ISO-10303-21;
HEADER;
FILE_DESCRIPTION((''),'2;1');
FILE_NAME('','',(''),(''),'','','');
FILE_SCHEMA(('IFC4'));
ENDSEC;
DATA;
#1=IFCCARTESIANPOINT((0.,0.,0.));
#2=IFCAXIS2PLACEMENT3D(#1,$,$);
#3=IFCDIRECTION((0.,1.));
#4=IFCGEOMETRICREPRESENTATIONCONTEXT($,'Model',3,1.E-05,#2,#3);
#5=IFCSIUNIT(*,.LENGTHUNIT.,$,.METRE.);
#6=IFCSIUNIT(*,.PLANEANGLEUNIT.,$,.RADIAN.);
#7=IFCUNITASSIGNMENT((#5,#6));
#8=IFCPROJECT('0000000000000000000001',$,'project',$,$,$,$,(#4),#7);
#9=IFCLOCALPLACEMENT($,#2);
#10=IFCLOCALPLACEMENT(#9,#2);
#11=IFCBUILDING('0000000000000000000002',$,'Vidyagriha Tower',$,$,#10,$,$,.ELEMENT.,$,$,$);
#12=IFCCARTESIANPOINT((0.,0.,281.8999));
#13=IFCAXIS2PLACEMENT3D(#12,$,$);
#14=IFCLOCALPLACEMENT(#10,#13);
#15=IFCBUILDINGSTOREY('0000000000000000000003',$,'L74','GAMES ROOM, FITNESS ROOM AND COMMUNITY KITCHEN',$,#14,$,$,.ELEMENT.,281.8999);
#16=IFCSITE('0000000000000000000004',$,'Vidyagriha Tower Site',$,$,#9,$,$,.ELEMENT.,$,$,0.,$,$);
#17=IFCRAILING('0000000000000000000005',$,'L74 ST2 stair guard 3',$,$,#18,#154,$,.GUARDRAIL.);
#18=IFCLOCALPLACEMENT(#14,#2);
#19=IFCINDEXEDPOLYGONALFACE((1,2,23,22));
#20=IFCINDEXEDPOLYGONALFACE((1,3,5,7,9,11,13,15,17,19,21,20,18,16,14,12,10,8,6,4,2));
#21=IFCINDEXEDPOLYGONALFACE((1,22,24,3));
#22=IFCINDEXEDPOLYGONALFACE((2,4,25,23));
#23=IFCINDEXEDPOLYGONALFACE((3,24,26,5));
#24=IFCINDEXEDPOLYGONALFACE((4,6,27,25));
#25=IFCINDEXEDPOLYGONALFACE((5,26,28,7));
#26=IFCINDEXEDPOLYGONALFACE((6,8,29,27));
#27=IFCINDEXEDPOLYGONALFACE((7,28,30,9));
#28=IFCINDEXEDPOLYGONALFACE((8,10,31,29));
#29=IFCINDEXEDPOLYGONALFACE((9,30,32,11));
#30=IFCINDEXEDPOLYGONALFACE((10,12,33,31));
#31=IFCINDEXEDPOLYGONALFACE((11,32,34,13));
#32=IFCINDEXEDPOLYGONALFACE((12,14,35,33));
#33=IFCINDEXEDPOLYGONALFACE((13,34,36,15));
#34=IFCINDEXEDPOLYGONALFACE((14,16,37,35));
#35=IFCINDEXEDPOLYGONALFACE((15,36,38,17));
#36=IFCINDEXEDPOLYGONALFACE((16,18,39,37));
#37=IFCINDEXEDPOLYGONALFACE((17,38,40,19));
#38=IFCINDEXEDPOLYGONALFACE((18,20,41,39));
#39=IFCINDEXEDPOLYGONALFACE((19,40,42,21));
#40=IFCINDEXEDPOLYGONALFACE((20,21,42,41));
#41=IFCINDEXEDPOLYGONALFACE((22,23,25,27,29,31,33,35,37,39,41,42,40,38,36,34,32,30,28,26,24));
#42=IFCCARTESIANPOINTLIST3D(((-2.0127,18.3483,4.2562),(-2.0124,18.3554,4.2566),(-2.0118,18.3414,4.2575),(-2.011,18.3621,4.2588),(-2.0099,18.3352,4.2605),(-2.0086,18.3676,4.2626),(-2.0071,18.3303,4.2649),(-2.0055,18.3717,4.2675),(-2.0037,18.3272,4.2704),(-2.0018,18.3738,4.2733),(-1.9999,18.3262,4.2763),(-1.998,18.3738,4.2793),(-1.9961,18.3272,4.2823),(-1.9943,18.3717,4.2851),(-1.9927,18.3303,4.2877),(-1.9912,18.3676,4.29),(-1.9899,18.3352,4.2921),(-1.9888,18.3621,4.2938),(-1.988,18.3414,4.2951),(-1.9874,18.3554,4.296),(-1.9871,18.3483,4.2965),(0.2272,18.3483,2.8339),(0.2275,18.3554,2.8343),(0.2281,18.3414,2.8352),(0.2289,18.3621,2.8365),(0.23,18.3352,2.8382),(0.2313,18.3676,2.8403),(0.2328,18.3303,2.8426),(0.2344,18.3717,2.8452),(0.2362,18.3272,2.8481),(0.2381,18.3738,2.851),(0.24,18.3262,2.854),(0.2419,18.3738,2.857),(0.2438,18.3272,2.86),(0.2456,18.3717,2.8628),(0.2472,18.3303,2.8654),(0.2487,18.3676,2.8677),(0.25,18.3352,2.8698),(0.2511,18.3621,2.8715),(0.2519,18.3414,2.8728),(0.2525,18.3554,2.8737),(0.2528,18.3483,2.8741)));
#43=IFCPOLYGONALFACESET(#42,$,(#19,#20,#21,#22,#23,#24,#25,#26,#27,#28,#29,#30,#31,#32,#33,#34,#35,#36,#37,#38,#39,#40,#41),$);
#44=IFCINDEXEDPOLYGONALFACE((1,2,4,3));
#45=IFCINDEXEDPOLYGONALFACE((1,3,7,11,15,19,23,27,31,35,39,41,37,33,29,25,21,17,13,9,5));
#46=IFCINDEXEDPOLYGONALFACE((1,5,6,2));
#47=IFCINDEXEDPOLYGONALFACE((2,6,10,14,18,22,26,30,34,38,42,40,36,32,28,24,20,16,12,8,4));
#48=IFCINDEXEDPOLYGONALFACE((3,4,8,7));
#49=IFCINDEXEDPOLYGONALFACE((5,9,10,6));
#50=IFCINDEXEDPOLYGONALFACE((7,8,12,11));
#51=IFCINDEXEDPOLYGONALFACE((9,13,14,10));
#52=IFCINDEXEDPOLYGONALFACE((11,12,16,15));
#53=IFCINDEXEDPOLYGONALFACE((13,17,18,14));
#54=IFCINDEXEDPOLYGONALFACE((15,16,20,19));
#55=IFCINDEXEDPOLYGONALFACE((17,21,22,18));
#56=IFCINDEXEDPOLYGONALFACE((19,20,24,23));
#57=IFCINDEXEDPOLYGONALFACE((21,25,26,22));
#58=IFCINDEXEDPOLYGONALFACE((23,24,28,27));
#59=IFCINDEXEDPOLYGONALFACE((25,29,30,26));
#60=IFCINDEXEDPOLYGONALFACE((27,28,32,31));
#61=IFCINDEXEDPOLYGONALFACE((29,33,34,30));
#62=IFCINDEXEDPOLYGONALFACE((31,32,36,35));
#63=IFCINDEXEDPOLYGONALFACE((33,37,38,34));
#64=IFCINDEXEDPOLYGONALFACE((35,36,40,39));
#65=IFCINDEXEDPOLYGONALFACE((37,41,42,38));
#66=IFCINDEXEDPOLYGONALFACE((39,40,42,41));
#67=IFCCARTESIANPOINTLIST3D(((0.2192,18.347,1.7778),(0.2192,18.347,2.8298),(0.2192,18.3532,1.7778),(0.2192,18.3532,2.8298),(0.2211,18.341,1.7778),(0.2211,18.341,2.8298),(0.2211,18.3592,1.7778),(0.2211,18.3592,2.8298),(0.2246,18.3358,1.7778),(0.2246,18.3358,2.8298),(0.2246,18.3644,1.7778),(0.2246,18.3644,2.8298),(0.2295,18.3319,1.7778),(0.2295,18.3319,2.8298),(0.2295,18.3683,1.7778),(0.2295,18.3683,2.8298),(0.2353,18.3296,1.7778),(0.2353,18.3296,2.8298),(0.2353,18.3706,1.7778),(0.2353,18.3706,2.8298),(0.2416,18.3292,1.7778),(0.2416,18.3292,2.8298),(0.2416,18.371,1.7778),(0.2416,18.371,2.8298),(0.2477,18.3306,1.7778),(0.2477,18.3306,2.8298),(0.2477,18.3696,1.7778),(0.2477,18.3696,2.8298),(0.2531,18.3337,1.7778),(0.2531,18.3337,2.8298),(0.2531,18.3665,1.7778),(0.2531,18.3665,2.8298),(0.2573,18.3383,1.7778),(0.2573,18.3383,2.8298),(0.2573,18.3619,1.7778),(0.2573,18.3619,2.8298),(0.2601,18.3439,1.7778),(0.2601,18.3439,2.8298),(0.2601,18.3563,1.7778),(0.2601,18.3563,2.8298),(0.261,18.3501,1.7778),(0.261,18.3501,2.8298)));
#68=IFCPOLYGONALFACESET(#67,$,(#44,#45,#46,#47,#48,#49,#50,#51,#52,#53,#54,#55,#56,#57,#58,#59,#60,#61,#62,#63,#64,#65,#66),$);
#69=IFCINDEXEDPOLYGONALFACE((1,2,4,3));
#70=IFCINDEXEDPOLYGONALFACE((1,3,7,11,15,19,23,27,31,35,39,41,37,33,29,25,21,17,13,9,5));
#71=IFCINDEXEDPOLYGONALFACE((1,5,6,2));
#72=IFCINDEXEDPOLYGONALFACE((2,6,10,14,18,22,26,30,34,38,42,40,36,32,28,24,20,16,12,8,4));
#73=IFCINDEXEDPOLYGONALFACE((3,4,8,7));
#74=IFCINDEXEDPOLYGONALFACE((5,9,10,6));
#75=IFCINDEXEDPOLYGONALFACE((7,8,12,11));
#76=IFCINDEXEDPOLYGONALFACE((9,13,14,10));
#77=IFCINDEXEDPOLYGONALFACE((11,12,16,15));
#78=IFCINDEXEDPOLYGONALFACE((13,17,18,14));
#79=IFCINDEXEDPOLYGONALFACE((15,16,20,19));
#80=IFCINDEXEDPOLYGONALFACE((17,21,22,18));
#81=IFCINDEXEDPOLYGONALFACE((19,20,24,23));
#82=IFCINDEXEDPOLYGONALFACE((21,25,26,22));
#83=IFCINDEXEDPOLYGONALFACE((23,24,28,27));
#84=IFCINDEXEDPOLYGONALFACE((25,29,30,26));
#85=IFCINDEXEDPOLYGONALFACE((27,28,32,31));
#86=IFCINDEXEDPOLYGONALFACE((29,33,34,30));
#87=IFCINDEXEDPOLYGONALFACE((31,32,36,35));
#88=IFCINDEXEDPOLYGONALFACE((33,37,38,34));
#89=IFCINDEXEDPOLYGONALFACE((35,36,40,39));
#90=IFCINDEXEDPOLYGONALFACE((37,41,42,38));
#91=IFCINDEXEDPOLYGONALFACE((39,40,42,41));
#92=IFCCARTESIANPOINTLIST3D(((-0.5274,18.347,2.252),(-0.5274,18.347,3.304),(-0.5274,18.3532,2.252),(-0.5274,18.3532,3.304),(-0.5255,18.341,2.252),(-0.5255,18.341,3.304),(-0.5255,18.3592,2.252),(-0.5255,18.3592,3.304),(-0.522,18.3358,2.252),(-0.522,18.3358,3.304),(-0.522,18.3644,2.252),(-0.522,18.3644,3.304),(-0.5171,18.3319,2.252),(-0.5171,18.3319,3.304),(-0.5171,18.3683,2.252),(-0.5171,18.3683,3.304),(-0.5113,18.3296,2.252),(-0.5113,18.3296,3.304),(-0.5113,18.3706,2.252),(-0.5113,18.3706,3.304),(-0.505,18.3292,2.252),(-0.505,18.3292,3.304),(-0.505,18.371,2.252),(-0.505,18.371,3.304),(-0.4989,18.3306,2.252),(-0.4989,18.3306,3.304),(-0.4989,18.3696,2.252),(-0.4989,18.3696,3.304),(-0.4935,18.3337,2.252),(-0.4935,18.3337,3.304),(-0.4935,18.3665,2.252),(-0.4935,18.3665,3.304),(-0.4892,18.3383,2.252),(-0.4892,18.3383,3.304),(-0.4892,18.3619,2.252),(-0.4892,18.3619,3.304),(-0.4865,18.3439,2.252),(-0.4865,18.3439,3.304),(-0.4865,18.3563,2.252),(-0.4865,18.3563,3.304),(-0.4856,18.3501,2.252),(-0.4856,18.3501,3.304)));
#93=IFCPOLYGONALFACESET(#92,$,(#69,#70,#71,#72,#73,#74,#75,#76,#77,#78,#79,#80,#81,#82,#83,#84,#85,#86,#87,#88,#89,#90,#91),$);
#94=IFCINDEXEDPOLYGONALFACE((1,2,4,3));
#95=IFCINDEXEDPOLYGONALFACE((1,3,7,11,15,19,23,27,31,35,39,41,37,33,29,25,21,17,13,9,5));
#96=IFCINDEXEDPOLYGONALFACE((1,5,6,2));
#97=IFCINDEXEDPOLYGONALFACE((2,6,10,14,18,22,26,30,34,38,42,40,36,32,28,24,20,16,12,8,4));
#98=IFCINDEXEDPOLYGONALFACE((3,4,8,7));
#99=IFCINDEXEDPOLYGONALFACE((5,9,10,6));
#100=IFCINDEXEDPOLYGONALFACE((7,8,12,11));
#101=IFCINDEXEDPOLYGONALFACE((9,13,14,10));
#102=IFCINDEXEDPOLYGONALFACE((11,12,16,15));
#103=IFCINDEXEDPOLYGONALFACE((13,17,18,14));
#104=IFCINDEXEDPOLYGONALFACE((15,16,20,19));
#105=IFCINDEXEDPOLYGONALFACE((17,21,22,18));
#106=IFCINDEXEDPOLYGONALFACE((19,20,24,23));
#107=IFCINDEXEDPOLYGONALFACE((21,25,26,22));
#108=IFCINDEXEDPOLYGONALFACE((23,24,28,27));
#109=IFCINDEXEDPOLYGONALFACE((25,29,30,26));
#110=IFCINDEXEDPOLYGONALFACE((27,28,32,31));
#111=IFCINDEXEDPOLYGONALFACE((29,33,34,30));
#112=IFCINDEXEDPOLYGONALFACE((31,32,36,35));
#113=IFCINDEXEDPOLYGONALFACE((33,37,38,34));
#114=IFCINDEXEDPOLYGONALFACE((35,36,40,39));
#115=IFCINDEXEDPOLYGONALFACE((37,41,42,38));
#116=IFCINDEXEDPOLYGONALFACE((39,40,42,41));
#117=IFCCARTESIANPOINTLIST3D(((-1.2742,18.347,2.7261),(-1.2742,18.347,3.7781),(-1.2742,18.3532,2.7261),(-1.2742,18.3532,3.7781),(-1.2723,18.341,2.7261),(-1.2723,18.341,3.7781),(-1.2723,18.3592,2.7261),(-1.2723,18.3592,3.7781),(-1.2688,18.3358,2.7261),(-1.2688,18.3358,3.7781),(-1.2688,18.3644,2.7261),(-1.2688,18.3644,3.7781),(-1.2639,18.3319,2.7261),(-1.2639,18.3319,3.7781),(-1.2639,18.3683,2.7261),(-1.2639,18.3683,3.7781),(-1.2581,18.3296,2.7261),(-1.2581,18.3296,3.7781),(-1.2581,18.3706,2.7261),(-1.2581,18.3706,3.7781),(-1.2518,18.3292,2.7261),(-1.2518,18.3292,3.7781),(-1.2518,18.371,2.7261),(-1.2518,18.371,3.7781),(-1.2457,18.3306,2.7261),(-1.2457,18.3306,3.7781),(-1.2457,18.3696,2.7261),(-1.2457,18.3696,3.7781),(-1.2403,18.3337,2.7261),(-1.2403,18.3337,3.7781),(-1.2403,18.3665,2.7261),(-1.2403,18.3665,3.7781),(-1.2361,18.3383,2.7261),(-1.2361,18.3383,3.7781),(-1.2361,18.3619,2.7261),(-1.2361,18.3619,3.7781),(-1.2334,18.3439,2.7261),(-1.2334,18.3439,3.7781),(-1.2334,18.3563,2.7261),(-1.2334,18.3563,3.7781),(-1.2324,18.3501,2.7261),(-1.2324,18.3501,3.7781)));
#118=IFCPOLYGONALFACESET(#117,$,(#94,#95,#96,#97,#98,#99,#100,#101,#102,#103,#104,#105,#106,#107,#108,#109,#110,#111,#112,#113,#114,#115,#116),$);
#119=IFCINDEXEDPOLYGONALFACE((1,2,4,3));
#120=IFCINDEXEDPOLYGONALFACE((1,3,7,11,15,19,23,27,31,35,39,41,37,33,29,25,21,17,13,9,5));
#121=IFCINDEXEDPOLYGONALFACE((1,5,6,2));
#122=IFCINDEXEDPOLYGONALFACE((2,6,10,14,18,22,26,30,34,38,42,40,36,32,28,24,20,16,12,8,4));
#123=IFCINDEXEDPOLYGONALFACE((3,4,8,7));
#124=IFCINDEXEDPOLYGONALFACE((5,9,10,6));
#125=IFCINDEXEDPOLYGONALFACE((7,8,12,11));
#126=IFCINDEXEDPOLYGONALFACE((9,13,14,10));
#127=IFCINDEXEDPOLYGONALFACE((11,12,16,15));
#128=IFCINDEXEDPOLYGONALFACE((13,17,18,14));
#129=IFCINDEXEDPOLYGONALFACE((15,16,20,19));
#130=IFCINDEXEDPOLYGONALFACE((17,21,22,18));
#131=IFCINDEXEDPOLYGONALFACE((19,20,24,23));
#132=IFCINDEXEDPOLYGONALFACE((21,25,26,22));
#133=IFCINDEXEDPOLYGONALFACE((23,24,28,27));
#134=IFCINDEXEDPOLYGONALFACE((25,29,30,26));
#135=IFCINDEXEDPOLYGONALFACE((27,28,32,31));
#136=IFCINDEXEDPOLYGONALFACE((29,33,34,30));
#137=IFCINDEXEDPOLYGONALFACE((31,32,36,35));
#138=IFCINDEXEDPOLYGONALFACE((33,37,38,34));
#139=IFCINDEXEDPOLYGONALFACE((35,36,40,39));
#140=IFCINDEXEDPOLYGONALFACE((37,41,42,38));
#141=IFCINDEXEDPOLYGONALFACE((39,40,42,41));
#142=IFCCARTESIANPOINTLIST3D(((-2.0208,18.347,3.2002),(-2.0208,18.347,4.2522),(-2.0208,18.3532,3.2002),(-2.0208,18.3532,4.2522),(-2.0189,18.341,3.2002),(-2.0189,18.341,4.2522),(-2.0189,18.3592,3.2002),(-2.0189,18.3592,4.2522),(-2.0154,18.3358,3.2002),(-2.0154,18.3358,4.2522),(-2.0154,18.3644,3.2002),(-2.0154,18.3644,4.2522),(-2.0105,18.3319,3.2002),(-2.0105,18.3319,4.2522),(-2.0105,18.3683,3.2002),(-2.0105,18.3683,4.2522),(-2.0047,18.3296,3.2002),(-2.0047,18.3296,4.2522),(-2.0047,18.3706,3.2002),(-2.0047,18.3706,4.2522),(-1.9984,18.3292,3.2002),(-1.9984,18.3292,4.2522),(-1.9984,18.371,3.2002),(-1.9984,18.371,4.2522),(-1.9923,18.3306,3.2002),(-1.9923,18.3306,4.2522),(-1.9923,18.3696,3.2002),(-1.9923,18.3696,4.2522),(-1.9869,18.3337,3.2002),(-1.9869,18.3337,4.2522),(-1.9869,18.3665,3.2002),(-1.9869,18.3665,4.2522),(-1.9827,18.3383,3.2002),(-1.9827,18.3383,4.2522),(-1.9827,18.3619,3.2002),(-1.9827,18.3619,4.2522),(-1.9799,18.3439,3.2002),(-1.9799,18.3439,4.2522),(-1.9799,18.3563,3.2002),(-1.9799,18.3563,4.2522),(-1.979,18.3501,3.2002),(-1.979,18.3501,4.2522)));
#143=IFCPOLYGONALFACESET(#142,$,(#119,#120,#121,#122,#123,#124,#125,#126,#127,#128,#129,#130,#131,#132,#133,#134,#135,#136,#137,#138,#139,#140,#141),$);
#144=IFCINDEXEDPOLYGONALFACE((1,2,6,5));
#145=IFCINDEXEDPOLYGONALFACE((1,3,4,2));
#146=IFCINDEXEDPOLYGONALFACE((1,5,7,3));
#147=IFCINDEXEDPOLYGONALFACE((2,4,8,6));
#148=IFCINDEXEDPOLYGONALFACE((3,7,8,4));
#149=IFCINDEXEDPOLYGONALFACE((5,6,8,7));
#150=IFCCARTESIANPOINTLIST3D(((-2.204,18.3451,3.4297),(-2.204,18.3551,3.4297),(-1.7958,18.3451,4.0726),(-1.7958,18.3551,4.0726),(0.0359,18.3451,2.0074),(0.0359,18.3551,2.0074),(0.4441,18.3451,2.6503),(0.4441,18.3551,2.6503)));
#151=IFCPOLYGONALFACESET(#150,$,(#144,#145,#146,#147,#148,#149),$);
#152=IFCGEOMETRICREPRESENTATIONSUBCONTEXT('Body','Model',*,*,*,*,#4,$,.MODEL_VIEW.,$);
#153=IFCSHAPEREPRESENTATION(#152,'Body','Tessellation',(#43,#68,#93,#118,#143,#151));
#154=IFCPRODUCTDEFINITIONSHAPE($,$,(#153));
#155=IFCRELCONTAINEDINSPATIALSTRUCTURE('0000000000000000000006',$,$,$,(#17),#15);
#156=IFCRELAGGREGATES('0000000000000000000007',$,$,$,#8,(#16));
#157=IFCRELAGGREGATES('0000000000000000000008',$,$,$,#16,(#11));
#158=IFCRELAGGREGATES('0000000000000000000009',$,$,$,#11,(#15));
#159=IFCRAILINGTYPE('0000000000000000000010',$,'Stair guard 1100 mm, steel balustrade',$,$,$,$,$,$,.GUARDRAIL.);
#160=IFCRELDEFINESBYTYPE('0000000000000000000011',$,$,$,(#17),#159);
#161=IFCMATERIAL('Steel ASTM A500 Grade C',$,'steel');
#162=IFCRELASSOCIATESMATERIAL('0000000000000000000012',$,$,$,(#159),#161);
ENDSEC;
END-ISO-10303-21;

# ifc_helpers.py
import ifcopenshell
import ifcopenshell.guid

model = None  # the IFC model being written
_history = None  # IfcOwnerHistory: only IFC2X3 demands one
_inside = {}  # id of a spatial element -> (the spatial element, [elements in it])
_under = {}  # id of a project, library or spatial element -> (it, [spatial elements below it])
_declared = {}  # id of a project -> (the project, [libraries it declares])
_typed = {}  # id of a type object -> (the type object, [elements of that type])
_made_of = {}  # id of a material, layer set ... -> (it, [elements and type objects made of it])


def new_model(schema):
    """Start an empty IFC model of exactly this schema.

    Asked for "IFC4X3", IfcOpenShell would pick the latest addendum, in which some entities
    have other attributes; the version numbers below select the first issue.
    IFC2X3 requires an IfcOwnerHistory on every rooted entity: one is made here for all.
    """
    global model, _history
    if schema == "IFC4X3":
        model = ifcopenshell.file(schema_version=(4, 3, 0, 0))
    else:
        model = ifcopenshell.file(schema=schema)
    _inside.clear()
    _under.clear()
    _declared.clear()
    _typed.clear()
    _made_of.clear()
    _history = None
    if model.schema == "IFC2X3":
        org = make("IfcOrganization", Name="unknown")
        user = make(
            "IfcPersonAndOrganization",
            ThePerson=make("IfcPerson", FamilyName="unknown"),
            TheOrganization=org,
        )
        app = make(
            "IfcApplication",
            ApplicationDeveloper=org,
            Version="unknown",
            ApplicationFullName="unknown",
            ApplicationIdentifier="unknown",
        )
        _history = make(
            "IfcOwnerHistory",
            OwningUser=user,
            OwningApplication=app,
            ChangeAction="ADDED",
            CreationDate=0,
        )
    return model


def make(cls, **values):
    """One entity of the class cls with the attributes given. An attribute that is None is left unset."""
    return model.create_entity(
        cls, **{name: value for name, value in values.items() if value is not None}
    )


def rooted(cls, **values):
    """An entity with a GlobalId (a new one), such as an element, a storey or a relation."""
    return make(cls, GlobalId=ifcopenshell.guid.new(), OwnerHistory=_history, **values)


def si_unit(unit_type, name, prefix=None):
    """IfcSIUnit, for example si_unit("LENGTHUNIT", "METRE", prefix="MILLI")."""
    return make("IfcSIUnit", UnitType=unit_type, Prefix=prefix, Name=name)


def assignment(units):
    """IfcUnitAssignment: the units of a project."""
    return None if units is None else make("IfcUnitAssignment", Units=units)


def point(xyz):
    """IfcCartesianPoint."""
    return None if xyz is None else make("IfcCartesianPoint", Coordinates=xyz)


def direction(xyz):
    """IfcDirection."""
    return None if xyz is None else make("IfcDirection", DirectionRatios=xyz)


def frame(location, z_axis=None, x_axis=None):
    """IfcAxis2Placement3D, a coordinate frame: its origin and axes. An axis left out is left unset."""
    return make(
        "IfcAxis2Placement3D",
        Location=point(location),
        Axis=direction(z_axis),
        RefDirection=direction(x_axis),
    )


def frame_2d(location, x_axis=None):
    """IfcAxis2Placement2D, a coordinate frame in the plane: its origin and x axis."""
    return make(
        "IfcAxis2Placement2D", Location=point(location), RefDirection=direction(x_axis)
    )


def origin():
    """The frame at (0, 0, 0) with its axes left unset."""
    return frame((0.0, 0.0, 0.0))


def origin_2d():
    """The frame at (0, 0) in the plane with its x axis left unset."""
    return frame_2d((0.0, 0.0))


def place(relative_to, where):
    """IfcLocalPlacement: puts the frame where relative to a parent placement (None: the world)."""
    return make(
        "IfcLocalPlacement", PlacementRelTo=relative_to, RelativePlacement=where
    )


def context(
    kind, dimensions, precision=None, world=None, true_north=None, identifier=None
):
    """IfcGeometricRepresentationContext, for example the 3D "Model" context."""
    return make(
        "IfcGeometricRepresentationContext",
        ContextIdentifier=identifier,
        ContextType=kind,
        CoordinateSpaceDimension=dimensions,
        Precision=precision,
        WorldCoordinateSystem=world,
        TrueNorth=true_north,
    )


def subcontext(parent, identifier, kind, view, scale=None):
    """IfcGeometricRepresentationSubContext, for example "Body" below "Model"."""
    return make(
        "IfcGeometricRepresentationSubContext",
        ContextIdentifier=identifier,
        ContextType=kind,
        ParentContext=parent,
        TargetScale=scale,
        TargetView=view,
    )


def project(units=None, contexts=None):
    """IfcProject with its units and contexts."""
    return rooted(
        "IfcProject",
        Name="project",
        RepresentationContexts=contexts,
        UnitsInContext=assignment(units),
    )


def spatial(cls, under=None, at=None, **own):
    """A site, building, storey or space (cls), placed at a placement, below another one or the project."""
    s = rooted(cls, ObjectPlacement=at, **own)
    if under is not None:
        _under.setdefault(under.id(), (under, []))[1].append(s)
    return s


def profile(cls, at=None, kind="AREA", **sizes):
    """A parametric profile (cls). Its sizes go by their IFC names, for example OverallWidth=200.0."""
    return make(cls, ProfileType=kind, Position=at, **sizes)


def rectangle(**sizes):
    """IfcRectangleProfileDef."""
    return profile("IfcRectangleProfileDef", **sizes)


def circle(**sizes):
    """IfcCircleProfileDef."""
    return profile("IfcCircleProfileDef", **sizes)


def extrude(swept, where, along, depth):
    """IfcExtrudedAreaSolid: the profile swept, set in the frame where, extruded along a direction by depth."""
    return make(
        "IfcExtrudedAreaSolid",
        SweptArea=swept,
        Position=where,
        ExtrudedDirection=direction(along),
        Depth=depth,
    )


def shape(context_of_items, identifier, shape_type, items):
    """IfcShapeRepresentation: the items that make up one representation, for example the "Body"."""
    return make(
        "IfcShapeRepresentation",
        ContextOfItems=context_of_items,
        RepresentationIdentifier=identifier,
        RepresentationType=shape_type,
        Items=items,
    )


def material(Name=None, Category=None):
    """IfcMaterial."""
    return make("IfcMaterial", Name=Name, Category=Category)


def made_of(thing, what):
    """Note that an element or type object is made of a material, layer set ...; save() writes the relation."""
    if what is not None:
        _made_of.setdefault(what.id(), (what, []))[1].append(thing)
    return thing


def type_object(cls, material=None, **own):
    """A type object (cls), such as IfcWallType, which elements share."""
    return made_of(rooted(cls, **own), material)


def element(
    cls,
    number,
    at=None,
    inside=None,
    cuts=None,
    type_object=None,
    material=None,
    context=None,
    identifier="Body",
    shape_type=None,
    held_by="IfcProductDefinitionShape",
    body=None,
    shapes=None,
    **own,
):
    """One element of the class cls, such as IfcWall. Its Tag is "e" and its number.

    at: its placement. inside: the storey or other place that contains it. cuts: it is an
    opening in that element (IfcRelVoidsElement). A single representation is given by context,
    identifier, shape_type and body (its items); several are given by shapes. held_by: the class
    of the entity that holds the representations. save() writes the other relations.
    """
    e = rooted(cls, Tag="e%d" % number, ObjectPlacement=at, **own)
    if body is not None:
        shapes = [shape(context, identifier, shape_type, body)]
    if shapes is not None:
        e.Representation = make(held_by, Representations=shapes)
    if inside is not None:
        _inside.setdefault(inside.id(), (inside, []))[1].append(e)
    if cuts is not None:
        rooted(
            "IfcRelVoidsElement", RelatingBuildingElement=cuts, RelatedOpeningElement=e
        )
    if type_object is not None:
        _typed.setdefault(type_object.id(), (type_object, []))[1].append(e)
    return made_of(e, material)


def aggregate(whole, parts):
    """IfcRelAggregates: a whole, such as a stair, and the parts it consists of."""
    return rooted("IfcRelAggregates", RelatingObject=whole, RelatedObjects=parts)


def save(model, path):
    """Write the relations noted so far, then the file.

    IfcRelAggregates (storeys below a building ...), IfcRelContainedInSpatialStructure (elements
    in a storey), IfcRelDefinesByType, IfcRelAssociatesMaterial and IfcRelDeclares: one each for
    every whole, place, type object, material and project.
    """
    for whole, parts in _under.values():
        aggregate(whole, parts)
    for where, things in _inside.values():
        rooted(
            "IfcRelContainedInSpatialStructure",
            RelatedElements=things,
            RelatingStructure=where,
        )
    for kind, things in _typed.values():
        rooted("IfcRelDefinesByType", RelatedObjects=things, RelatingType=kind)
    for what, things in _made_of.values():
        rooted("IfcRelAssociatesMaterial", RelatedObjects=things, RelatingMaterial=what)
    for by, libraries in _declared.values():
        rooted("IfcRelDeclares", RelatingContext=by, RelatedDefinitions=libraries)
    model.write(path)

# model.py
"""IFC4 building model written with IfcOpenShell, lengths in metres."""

from ifc_helpers import new_model, si_unit, direction, frame, origin, origin_2d, place, context, subcontext, project, spatial, rectangle, circle, extrude, material, type_object, element, save


model = new_model("IFC4")

# Units and contexts
model_context = context("Model", 3, precision=1e-05, world=origin(), true_north=direction((0.0, 1.0)))
body_context = subcontext(model_context, "Body", "Model", "MODEL_VIEW")
ifc_project = project(units=[si_unit("LENGTHUNIT", "METRE"), si_unit("PLANEANGLEUNIT", "RADIAN")], contexts=[model_context])

# Site, building, storey
site_placement = place(None, origin())
site = spatial("IfcSite", under=ifc_project, at=site_placement, Name="Vidyagriha Tower Site", CompositionType="ELEMENT", RefElevation=0.0)
building_placement = place(site_placement, origin())
building = spatial("IfcBuilding", under=site, at=building_placement, Name="Vidyagriha Tower", CompositionType="ELEMENT")
storey_placement = place(building_placement, frame((0.0, 0.0, 281.8999)))
storey = spatial("IfcBuildingStorey", under=building, at=storey_placement, Name="L74", Description="GAMES ROOM, FITNESS ROOM AND COMMUNITY KITCHEN", CompositionType="ELEMENT", Elevation=281.8999)

# Railing
ifc_material_1 = material(Name="Steel ASTM A500 Grade C", Category="steel")
railing_type_1 = type_object("IfcRailingType", Name="Stair guard 1100 mm, steel balustrade", PredefinedType="GUARDRAIL", material=ifc_material_1)
for number, where, name in (
    (1, (0.24, 18.3501, 1.7778), "L74 ST2 stair guard 3"),
):
    element("IfcRailing", number, at=place(storey_placement, frame(where)), inside=storey, type_object=railing_type_1, Name=name, PredefinedType="GUARDRAIL", context=body_context, shape_type="SweptSolid", body=[
        extrude(circle(Radius=0.0239, at=origin_2d()), frame((0.0, 0.0, 1.0762), z_axis=(-0.844188, 0.0, 0.536048), x_axis=(0.0, -1.0, 0.0)), (0.0, 0.0, 1.0), 2.6533),
        extrude(circle(Radius=0.021, at=origin_2d()), origin(), (0.0, 0.0, 1.0), 1.052),
        extrude(circle(Radius=0.021, at=origin_2d()), frame((-0.7466, 0.0, 0.4741)), (0.0, 0.0, 1.0), 1.052),
        extrude(circle(Radius=0.021, at=origin_2d()), frame((-1.4934, 0.0, 0.9482)), (0.0, 0.0, 1.0), 1.052),
        extrude(circle(Radius=0.021, at=origin_2d()), frame((-2.24, 0.0, 1.4224)), (0.0, 0.0, 1.0), 1.052),
        extrude(rectangle(XDim=0.01, YDim=0.7615, at=origin_2d()), frame((0.0, 0.0, 0.551), z_axis=(-0.844188, 0.0, 0.536048), x_axis=(0.0, -1.0, 0.0)), (0.0, 0.0, 1.0), 2.6533),
    ])

save(model, "model.ifc")
